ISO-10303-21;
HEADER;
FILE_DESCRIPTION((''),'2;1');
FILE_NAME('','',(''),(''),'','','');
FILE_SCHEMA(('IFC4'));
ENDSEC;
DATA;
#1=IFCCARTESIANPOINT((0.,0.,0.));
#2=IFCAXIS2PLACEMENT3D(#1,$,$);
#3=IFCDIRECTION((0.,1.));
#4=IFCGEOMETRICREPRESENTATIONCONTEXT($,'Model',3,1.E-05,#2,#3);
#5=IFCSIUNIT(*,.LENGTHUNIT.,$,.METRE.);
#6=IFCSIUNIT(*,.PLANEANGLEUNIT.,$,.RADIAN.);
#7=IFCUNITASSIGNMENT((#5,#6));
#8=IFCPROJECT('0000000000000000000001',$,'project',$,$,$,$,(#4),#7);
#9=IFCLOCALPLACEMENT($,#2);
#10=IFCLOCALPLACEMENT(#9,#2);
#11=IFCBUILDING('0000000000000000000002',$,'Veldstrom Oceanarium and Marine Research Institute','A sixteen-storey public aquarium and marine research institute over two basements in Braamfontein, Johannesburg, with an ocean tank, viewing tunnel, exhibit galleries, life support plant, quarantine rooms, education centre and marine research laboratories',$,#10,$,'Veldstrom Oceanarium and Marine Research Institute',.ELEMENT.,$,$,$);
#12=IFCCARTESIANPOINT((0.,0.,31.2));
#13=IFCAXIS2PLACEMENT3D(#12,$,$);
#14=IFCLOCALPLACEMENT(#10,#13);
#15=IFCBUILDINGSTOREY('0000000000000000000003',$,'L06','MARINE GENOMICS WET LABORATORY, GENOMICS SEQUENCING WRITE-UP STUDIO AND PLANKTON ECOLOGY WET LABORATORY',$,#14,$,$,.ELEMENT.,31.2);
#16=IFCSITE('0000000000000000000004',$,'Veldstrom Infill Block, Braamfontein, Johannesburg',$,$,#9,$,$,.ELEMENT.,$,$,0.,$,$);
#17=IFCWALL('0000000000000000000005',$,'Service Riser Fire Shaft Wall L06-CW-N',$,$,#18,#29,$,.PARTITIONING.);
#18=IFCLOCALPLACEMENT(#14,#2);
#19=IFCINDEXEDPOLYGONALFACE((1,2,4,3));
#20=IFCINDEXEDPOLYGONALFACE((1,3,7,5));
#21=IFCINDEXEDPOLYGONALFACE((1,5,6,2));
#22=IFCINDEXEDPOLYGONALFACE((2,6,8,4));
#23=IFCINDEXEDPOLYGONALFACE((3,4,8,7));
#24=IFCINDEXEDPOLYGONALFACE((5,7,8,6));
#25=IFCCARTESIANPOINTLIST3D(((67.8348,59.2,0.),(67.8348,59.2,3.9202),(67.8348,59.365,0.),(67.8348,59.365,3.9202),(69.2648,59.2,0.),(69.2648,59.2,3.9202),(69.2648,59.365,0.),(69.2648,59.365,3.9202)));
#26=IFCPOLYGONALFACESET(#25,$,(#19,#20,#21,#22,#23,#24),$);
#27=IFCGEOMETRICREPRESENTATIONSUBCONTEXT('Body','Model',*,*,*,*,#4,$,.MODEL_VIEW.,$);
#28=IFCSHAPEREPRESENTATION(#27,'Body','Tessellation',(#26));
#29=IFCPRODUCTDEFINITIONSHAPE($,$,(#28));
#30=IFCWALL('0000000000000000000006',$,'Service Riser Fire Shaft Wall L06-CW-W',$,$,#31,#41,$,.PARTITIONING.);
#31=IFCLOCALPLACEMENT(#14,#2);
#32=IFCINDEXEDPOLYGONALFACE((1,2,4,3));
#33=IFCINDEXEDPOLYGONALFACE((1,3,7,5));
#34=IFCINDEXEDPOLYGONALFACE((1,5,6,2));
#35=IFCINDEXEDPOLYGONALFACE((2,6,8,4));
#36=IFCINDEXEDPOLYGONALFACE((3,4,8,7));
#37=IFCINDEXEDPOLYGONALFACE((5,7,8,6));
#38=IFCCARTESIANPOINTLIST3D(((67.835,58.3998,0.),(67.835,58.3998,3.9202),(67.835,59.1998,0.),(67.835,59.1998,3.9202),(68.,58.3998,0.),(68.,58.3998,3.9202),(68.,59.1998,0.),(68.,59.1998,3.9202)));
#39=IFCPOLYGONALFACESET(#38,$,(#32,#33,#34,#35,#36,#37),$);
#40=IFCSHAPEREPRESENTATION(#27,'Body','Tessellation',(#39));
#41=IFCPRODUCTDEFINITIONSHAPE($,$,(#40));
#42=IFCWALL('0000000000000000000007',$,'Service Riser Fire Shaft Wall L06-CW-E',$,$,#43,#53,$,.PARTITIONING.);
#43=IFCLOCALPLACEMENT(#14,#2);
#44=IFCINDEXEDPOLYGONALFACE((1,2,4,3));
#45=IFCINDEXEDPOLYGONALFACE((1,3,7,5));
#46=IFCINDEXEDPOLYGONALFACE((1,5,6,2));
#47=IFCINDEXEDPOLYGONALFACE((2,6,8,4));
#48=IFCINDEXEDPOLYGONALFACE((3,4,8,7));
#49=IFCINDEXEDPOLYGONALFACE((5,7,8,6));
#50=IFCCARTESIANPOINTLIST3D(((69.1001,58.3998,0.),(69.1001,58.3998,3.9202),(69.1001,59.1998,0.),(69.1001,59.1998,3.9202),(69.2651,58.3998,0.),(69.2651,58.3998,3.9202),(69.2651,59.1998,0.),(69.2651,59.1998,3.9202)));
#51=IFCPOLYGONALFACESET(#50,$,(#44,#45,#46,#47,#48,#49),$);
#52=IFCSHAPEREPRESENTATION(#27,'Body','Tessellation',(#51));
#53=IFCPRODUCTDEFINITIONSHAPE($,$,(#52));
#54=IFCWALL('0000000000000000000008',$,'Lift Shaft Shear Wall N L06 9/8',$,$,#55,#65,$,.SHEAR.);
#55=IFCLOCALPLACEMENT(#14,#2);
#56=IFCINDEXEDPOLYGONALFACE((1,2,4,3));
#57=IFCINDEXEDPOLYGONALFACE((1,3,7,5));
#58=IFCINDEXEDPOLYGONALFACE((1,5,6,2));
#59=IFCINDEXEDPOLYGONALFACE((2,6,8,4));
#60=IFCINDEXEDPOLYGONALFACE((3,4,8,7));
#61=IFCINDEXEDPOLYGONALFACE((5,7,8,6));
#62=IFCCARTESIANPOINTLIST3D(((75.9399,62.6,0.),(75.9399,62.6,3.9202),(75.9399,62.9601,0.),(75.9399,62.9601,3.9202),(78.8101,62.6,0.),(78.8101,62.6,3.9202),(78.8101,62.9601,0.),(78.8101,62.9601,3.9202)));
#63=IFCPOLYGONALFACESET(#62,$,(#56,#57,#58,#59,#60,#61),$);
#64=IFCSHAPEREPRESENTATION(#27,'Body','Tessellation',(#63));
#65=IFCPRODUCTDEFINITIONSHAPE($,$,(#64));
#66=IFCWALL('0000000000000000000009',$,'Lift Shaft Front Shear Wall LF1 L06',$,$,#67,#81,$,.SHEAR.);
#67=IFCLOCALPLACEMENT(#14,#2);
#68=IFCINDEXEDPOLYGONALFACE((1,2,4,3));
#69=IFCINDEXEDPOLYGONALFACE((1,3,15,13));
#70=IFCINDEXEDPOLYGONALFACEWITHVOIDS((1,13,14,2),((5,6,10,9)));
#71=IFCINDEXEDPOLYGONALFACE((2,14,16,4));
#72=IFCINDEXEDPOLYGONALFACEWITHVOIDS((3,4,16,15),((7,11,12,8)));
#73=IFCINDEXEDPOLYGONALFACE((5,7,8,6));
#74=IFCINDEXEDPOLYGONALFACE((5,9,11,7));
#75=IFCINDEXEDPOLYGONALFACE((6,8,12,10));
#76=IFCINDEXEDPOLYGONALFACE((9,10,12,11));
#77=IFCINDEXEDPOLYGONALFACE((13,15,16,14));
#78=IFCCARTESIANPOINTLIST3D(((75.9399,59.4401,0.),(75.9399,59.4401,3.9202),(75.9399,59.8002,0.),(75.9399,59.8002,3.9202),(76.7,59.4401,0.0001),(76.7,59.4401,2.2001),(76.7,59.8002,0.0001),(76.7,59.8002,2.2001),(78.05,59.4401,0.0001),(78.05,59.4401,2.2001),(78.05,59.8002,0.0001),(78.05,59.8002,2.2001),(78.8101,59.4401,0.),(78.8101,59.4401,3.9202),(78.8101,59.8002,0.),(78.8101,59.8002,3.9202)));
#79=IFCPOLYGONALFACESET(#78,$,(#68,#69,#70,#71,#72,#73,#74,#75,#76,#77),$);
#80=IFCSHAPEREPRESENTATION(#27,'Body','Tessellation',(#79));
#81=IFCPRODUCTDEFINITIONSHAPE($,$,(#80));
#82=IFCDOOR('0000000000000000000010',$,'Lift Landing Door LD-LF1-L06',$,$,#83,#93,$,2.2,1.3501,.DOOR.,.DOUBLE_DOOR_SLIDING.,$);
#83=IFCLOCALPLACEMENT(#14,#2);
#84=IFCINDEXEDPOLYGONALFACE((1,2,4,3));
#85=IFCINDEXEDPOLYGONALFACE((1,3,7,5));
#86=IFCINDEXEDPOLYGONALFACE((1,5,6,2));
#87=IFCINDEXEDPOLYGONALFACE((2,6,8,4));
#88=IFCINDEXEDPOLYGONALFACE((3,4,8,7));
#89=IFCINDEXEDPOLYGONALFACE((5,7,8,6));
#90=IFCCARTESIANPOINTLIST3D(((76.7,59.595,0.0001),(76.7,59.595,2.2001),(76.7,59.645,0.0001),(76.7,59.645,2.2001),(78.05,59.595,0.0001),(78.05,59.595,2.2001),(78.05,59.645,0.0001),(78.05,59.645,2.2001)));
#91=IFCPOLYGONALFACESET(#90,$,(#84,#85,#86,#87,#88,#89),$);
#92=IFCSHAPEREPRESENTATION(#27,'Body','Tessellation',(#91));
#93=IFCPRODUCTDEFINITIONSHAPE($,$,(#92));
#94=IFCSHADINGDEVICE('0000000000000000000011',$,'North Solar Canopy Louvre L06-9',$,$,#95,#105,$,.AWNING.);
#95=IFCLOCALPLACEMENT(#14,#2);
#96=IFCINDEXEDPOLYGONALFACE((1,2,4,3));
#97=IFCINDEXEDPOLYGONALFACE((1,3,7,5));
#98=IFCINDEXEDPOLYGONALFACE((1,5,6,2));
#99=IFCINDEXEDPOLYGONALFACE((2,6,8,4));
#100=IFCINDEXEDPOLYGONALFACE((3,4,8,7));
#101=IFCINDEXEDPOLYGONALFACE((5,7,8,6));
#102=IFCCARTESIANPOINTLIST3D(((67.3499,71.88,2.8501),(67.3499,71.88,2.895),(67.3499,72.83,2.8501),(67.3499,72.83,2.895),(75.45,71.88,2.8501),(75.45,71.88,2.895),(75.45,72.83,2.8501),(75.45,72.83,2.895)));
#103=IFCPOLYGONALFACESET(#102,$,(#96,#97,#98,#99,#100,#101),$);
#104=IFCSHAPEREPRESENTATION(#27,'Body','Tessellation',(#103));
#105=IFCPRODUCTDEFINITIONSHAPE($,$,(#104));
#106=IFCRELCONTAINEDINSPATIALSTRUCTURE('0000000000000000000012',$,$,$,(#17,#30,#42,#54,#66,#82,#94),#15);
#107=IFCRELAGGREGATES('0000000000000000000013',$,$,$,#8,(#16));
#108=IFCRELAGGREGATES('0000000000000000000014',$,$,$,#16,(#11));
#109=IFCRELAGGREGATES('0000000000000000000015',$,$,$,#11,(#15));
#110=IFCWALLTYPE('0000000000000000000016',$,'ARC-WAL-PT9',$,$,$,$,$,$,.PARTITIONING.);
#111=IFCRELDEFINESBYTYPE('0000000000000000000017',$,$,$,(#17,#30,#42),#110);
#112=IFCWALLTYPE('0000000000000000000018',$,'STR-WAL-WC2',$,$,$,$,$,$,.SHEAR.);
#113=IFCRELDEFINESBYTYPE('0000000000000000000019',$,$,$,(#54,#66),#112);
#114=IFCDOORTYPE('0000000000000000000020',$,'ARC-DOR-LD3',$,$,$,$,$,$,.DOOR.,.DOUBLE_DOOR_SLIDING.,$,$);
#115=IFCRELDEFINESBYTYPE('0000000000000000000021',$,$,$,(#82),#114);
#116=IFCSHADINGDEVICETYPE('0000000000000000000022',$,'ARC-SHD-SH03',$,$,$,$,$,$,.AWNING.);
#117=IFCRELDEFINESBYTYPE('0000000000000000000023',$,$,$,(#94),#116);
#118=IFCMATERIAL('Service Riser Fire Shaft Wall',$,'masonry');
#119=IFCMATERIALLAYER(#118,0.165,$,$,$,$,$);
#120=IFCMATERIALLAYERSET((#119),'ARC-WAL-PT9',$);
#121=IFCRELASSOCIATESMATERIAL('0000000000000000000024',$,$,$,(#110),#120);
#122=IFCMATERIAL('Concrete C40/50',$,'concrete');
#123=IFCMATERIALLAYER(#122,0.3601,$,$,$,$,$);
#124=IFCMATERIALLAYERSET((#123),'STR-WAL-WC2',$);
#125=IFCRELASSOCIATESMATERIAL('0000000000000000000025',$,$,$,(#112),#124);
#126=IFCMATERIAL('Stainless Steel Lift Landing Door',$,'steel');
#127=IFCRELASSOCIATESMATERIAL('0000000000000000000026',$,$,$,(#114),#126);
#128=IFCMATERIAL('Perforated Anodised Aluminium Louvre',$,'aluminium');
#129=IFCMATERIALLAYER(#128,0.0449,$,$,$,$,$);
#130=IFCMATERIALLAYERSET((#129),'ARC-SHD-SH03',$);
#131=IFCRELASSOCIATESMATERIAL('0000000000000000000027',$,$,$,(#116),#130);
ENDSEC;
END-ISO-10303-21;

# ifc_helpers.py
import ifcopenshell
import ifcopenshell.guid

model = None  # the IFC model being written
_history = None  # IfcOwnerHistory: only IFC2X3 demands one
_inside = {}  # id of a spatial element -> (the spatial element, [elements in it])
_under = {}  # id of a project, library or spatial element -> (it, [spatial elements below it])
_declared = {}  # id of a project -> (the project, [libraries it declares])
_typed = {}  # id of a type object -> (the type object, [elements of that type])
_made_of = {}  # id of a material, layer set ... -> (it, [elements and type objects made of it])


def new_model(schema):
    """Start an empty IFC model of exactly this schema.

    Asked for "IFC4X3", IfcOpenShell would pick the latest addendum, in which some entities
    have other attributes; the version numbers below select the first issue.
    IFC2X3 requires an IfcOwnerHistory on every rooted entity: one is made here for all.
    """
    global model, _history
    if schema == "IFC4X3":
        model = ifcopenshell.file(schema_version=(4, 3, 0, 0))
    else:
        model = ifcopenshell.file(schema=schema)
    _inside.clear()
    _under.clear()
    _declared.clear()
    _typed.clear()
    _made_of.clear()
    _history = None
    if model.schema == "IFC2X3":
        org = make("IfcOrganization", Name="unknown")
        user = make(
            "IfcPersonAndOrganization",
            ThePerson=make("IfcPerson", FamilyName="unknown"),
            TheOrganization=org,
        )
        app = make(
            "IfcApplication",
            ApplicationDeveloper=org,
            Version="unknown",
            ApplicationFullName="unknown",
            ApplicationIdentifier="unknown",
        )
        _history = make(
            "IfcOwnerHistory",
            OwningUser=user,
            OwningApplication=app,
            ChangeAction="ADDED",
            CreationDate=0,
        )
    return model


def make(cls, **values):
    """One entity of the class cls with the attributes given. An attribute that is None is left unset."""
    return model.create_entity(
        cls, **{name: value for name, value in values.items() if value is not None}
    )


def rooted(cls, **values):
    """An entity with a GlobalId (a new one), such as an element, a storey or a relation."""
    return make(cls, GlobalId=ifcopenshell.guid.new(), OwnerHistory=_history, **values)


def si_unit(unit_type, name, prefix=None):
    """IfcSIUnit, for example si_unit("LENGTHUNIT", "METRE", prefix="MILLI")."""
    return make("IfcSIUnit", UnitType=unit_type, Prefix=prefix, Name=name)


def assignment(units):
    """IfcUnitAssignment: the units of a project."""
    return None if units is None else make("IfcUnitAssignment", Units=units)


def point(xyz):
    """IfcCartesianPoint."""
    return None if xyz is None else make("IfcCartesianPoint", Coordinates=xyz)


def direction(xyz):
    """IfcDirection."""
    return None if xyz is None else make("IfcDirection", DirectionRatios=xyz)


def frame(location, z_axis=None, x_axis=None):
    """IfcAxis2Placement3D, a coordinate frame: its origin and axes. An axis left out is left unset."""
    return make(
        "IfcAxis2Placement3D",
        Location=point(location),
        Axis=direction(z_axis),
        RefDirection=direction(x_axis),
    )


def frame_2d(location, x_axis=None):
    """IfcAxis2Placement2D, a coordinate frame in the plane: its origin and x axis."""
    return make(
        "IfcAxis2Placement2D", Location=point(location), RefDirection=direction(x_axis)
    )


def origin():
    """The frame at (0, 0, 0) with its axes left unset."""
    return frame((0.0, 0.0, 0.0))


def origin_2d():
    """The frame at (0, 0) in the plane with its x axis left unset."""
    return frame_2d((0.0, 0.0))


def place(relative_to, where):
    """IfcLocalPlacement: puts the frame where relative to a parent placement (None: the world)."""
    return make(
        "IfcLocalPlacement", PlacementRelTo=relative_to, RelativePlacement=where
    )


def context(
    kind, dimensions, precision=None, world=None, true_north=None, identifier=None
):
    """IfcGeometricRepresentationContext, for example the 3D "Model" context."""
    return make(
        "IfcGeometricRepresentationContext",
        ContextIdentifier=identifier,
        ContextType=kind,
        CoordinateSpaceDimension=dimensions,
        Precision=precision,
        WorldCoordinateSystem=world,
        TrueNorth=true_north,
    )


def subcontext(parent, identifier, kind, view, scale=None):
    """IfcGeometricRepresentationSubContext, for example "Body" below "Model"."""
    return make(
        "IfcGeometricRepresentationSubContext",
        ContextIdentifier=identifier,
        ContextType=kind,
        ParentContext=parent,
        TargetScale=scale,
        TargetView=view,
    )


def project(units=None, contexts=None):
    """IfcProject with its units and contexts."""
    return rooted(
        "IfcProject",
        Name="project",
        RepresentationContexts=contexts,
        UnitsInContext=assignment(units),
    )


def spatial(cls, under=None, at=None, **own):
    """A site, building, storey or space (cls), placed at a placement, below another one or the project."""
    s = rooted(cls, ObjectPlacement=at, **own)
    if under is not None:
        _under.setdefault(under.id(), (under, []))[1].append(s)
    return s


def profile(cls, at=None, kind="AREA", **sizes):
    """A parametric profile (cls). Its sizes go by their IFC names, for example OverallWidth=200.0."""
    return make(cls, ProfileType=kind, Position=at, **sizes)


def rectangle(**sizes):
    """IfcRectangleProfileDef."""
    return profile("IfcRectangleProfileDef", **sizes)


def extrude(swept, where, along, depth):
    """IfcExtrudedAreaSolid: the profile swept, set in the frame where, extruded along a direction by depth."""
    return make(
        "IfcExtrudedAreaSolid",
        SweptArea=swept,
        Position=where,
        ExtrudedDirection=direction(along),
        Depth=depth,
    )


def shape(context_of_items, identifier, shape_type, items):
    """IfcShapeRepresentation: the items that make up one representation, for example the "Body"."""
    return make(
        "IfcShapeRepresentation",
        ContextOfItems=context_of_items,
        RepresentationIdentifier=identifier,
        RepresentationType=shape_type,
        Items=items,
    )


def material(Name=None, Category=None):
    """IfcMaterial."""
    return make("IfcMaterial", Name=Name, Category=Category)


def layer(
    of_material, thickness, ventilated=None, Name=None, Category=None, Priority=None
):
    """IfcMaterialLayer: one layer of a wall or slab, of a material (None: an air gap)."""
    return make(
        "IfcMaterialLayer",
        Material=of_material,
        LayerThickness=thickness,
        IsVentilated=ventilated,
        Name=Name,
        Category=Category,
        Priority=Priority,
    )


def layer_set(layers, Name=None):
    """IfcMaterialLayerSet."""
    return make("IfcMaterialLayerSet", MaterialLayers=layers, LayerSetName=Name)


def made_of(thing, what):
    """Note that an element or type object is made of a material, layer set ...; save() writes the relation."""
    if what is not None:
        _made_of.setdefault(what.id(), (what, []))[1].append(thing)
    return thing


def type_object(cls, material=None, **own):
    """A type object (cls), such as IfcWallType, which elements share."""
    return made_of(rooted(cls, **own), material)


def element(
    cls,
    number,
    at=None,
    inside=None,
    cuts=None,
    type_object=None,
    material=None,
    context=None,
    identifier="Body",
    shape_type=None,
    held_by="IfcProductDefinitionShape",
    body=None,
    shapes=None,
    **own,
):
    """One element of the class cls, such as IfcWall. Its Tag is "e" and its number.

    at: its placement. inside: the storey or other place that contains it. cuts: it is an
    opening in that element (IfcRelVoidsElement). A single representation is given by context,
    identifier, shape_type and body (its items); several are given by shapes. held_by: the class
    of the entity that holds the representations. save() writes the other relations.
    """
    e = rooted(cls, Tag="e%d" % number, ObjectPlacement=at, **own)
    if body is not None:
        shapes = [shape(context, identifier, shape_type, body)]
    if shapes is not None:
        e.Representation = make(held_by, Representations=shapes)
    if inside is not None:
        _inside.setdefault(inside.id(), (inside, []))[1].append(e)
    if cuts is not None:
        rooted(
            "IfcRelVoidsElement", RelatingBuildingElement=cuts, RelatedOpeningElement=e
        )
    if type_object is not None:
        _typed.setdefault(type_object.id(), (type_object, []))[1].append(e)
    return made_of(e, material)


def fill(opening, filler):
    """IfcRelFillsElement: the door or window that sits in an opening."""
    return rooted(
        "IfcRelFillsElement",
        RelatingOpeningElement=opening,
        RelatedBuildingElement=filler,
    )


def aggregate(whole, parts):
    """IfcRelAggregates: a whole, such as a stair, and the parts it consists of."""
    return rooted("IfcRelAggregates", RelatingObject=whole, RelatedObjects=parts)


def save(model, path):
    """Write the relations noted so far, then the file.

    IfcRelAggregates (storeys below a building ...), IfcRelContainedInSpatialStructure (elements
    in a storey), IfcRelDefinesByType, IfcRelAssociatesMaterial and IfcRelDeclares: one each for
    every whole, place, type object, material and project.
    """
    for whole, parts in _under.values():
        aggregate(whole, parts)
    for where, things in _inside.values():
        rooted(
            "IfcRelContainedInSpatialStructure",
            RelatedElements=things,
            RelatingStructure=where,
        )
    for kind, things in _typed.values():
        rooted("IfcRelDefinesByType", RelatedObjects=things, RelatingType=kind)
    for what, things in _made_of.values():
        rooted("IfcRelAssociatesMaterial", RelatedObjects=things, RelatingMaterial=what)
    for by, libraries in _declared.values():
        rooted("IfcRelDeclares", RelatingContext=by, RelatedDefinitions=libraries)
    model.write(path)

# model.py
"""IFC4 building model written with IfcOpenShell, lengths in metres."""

from ifc_helpers import new_model, si_unit, direction, frame, frame_2d, origin, origin_2d, place, context, subcontext, project, spatial, rectangle, extrude, material, layer, layer_set, type_object, element, fill, save


model = new_model("IFC4")

# Units and contexts
model_context = context("Model", 3, precision=1e-05, world=origin(), true_north=direction((0.0, 1.0)))
body_context = subcontext(model_context, "Body", "Model", "MODEL_VIEW")
ifc_project = project(units=[si_unit("LENGTHUNIT", "METRE"), si_unit("PLANEANGLEUNIT", "RADIAN")], contexts=[model_context])

# Site, building, storey
site_placement = place(None, origin())
site = spatial("IfcSite", under=ifc_project, at=site_placement, Name="Veldstrom Infill Block, Braamfontein, Johannesburg", CompositionType="ELEMENT", RefElevation=0.0)
building_placement = place(site_placement, origin())
building = spatial("IfcBuilding", under=site, at=building_placement, Name="Veldstrom Oceanarium and Marine Research Institute", Description="A sixteen-storey public aquarium and marine research institute over two basements in Braamfontein, Johannesburg, with an ocean tank, viewing tunnel, exhibit galleries, life support plant, quarantine rooms, education centre and marine research laboratories", LongName="Veldstrom Oceanarium and Marine Research Institute", CompositionType="ELEMENT")
storey_placement = place(building_placement, frame((0.0, 0.0, 31.2)))
storey = spatial("IfcBuildingStorey", under=building, at=storey_placement, Name="L06", Description="MARINE GENOMICS WET LABORATORY, GENOMICS SEQUENCING WRITE-UP STUDIO AND PLANKTON ECOLOGY WET LABORATORY", CompositionType="ELEMENT", Elevation=31.2)

# Walls
ifc_material_1 = material(Name="Service Riser Fire Shaft Wall", Category="masonry")
ifc_layer_1 = layer(ifc_material_1, 0.165)
ifc_layer_set_1 = layer_set([ifc_layer_1], Name="ARC-WAL-PT9")
wall_type_1 = type_object("IfcWallType", Name="ARC-WAL-PT9", PredefinedType="PARTITIONING", material=ifc_layer_set_1)
wall_1_placement = place(storey_placement, frame((67.835, 59.2825, 0.0), z_axis=(0.0, 0.0, 1.0), x_axis=(1.0, 0.0, 0.0)))
element("IfcWall", 1, at=wall_1_placement, inside=storey, type_object=wall_type_1, Name="Service Riser Fire Shaft Wall L06-CW-N", PredefinedType="PARTITIONING", context=body_context, shape_type="SweptSolid", body=[
    extrude(rectangle(XDim=1.4299, YDim=0.165, at=frame_2d((0.7148, 0.0))), origin(), (0.0, 0.0, 1.0), 3.9202),
])
for number, where, z_axis, x_axis, name in (
    (2, (67.9175, 58.3999, 0.0), (0.0, 0.0, 1.0), (0.0, 1.0, 0.0), "Service Riser Fire Shaft Wall L06-CW-W"),
    (3, (69.1826, 58.3999, 0.0), (0.0, 0.0, 1.0), (0.0, 1.0, 0.0), "Service Riser Fire Shaft Wall L06-CW-E"),
):
    element("IfcWall", number, at=place(storey_placement, frame(where, z_axis=z_axis, x_axis=x_axis)), inside=storey, type_object=wall_type_1, Name=name, PredefinedType="PARTITIONING", context=body_context, shape_type="SweptSolid", body=[
        extrude(rectangle(XDim=0.8, YDim=0.165, at=frame_2d((0.3999, 0.0))), origin(), (0.0, 0.0, 1.0), 3.9202),
    ])
ifc_material_2 = material(Name="Concrete C40/50", Category="concrete")
ifc_layer_2 = layer(ifc_material_2, 0.3601)
ifc_layer_set_2 = layer_set([ifc_layer_2], Name="STR-WAL-WC2")
wall_type_2 = type_object("IfcWallType", Name="STR-WAL-WC2", PredefinedType="SHEAR", material=ifc_layer_set_2)
wall_2_placement = place(storey_placement, frame((75.9399, 62.78, 0.0), z_axis=(0.0, 0.0, 1.0), x_axis=(1.0, 0.0, 0.0)))
element("IfcWall", 4, at=wall_2_placement, inside=storey, type_object=wall_type_2, Name="Lift Shaft Shear Wall N L06 9/8", PredefinedType="SHEAR", context=body_context, shape_type="SweptSolid", body=[
    extrude(rectangle(XDim=2.8701, YDim=0.3601, at=frame_2d((1.4351, 0.0))), origin(), (0.0, 0.0, 1.0), 3.9202),
])

# Wall, opening, door
wall_3_placement = place(storey_placement, frame((75.9399, 59.6201, 0.0), z_axis=(0.0, 0.0, 1.0), x_axis=(1.0, 0.0, 0.0)))
wall_3 = element("IfcWall", 5, at=wall_3_placement, inside=storey, type_object=wall_type_2, Name="Lift Shaft Front Shear Wall LF1 L06", PredefinedType="SHEAR", context=body_context, shape_type="SweptSolid", body=[
    extrude(rectangle(XDim=2.8701, YDim=0.3601, at=frame_2d((1.4351, 0.0))), origin(), (0.0, 0.0, 1.0), 3.9202),
])
opening_placement = place(wall_3_placement, frame((0.76, 0.0, 0.0)))
opening = element("IfcOpeningElement", 6, at=opening_placement, cuts=wall_3, PredefinedType="OPENING", context=body_context, shape_type="SweptSolid", body=[
    extrude(rectangle(XDim=1.3501, YDim=2.2, at=frame_2d((0.675, 1.1001))), frame((0.0, 0.1899, 0.0), z_axis=(0.0, -1.0, 0.0), x_axis=(1.0, 0.0, 0.0)), (0.0, 0.0, 1.0), 0.3801),
])
ifc_material_3 = material(Name="Stainless Steel Lift Landing Door", Category="steel")
door_type = type_object("IfcDoorType", Name="ARC-DOR-LD3", OperationType="DOUBLE_DOOR_SLIDING", PredefinedType="DOOR", material=ifc_material_3)
door_placement = place(opening_placement, origin())
door = element("IfcDoor", 7, at=door_placement, inside=storey, type_object=door_type, Name="Lift Landing Door LD-LF1-L06", OperationType="DOUBLE_DOOR_SLIDING", OverallHeight=2.2, OverallWidth=1.3501, PredefinedType="DOOR", context=body_context, shape_type="SweptSolid", body=[
    extrude(rectangle(XDim=1.3501, YDim=2.2, at=frame_2d((0.675, 1.1001))), frame((0.0, 0.0249, 0.0), z_axis=(0.0, -1.0, 0.0), x_axis=(1.0, 0.0, 0.0)), (0.0, 0.0, 1.0), 0.05),
])
fill(opening, door)

# Shading device
ifc_material_4 = material(Name="Perforated Anodised Aluminium Louvre", Category="aluminium")
ifc_layer_3 = layer(ifc_material_4, 0.0449)
ifc_layer_set_3 = layer_set([ifc_layer_3], Name="ARC-SHD-SH03")
shading_device_type = type_object("IfcShadingDeviceType", Name="ARC-SHD-SH03", PredefinedType="AWNING", material=ifc_layer_set_3)
shading_device_placement = place(storey_placement, frame((71.3999, 72.355, 2.8501), z_axis=(0.0, 0.0, 1.0), x_axis=(1.0, 0.0, 0.0)))
element("IfcShadingDevice", 8, at=shading_device_placement, inside=storey, type_object=shading_device_type, Name="North Solar Canopy Louvre L06-9", PredefinedType="AWNING", context=body_context, shape_type="SweptSolid", body=[
    extrude(rectangle(XDim=8.1001, YDim=0.95, at=origin_2d()), origin(), (0.0, 0.0, 1.0), 0.0449),
])

save(model, "model.ifc")
